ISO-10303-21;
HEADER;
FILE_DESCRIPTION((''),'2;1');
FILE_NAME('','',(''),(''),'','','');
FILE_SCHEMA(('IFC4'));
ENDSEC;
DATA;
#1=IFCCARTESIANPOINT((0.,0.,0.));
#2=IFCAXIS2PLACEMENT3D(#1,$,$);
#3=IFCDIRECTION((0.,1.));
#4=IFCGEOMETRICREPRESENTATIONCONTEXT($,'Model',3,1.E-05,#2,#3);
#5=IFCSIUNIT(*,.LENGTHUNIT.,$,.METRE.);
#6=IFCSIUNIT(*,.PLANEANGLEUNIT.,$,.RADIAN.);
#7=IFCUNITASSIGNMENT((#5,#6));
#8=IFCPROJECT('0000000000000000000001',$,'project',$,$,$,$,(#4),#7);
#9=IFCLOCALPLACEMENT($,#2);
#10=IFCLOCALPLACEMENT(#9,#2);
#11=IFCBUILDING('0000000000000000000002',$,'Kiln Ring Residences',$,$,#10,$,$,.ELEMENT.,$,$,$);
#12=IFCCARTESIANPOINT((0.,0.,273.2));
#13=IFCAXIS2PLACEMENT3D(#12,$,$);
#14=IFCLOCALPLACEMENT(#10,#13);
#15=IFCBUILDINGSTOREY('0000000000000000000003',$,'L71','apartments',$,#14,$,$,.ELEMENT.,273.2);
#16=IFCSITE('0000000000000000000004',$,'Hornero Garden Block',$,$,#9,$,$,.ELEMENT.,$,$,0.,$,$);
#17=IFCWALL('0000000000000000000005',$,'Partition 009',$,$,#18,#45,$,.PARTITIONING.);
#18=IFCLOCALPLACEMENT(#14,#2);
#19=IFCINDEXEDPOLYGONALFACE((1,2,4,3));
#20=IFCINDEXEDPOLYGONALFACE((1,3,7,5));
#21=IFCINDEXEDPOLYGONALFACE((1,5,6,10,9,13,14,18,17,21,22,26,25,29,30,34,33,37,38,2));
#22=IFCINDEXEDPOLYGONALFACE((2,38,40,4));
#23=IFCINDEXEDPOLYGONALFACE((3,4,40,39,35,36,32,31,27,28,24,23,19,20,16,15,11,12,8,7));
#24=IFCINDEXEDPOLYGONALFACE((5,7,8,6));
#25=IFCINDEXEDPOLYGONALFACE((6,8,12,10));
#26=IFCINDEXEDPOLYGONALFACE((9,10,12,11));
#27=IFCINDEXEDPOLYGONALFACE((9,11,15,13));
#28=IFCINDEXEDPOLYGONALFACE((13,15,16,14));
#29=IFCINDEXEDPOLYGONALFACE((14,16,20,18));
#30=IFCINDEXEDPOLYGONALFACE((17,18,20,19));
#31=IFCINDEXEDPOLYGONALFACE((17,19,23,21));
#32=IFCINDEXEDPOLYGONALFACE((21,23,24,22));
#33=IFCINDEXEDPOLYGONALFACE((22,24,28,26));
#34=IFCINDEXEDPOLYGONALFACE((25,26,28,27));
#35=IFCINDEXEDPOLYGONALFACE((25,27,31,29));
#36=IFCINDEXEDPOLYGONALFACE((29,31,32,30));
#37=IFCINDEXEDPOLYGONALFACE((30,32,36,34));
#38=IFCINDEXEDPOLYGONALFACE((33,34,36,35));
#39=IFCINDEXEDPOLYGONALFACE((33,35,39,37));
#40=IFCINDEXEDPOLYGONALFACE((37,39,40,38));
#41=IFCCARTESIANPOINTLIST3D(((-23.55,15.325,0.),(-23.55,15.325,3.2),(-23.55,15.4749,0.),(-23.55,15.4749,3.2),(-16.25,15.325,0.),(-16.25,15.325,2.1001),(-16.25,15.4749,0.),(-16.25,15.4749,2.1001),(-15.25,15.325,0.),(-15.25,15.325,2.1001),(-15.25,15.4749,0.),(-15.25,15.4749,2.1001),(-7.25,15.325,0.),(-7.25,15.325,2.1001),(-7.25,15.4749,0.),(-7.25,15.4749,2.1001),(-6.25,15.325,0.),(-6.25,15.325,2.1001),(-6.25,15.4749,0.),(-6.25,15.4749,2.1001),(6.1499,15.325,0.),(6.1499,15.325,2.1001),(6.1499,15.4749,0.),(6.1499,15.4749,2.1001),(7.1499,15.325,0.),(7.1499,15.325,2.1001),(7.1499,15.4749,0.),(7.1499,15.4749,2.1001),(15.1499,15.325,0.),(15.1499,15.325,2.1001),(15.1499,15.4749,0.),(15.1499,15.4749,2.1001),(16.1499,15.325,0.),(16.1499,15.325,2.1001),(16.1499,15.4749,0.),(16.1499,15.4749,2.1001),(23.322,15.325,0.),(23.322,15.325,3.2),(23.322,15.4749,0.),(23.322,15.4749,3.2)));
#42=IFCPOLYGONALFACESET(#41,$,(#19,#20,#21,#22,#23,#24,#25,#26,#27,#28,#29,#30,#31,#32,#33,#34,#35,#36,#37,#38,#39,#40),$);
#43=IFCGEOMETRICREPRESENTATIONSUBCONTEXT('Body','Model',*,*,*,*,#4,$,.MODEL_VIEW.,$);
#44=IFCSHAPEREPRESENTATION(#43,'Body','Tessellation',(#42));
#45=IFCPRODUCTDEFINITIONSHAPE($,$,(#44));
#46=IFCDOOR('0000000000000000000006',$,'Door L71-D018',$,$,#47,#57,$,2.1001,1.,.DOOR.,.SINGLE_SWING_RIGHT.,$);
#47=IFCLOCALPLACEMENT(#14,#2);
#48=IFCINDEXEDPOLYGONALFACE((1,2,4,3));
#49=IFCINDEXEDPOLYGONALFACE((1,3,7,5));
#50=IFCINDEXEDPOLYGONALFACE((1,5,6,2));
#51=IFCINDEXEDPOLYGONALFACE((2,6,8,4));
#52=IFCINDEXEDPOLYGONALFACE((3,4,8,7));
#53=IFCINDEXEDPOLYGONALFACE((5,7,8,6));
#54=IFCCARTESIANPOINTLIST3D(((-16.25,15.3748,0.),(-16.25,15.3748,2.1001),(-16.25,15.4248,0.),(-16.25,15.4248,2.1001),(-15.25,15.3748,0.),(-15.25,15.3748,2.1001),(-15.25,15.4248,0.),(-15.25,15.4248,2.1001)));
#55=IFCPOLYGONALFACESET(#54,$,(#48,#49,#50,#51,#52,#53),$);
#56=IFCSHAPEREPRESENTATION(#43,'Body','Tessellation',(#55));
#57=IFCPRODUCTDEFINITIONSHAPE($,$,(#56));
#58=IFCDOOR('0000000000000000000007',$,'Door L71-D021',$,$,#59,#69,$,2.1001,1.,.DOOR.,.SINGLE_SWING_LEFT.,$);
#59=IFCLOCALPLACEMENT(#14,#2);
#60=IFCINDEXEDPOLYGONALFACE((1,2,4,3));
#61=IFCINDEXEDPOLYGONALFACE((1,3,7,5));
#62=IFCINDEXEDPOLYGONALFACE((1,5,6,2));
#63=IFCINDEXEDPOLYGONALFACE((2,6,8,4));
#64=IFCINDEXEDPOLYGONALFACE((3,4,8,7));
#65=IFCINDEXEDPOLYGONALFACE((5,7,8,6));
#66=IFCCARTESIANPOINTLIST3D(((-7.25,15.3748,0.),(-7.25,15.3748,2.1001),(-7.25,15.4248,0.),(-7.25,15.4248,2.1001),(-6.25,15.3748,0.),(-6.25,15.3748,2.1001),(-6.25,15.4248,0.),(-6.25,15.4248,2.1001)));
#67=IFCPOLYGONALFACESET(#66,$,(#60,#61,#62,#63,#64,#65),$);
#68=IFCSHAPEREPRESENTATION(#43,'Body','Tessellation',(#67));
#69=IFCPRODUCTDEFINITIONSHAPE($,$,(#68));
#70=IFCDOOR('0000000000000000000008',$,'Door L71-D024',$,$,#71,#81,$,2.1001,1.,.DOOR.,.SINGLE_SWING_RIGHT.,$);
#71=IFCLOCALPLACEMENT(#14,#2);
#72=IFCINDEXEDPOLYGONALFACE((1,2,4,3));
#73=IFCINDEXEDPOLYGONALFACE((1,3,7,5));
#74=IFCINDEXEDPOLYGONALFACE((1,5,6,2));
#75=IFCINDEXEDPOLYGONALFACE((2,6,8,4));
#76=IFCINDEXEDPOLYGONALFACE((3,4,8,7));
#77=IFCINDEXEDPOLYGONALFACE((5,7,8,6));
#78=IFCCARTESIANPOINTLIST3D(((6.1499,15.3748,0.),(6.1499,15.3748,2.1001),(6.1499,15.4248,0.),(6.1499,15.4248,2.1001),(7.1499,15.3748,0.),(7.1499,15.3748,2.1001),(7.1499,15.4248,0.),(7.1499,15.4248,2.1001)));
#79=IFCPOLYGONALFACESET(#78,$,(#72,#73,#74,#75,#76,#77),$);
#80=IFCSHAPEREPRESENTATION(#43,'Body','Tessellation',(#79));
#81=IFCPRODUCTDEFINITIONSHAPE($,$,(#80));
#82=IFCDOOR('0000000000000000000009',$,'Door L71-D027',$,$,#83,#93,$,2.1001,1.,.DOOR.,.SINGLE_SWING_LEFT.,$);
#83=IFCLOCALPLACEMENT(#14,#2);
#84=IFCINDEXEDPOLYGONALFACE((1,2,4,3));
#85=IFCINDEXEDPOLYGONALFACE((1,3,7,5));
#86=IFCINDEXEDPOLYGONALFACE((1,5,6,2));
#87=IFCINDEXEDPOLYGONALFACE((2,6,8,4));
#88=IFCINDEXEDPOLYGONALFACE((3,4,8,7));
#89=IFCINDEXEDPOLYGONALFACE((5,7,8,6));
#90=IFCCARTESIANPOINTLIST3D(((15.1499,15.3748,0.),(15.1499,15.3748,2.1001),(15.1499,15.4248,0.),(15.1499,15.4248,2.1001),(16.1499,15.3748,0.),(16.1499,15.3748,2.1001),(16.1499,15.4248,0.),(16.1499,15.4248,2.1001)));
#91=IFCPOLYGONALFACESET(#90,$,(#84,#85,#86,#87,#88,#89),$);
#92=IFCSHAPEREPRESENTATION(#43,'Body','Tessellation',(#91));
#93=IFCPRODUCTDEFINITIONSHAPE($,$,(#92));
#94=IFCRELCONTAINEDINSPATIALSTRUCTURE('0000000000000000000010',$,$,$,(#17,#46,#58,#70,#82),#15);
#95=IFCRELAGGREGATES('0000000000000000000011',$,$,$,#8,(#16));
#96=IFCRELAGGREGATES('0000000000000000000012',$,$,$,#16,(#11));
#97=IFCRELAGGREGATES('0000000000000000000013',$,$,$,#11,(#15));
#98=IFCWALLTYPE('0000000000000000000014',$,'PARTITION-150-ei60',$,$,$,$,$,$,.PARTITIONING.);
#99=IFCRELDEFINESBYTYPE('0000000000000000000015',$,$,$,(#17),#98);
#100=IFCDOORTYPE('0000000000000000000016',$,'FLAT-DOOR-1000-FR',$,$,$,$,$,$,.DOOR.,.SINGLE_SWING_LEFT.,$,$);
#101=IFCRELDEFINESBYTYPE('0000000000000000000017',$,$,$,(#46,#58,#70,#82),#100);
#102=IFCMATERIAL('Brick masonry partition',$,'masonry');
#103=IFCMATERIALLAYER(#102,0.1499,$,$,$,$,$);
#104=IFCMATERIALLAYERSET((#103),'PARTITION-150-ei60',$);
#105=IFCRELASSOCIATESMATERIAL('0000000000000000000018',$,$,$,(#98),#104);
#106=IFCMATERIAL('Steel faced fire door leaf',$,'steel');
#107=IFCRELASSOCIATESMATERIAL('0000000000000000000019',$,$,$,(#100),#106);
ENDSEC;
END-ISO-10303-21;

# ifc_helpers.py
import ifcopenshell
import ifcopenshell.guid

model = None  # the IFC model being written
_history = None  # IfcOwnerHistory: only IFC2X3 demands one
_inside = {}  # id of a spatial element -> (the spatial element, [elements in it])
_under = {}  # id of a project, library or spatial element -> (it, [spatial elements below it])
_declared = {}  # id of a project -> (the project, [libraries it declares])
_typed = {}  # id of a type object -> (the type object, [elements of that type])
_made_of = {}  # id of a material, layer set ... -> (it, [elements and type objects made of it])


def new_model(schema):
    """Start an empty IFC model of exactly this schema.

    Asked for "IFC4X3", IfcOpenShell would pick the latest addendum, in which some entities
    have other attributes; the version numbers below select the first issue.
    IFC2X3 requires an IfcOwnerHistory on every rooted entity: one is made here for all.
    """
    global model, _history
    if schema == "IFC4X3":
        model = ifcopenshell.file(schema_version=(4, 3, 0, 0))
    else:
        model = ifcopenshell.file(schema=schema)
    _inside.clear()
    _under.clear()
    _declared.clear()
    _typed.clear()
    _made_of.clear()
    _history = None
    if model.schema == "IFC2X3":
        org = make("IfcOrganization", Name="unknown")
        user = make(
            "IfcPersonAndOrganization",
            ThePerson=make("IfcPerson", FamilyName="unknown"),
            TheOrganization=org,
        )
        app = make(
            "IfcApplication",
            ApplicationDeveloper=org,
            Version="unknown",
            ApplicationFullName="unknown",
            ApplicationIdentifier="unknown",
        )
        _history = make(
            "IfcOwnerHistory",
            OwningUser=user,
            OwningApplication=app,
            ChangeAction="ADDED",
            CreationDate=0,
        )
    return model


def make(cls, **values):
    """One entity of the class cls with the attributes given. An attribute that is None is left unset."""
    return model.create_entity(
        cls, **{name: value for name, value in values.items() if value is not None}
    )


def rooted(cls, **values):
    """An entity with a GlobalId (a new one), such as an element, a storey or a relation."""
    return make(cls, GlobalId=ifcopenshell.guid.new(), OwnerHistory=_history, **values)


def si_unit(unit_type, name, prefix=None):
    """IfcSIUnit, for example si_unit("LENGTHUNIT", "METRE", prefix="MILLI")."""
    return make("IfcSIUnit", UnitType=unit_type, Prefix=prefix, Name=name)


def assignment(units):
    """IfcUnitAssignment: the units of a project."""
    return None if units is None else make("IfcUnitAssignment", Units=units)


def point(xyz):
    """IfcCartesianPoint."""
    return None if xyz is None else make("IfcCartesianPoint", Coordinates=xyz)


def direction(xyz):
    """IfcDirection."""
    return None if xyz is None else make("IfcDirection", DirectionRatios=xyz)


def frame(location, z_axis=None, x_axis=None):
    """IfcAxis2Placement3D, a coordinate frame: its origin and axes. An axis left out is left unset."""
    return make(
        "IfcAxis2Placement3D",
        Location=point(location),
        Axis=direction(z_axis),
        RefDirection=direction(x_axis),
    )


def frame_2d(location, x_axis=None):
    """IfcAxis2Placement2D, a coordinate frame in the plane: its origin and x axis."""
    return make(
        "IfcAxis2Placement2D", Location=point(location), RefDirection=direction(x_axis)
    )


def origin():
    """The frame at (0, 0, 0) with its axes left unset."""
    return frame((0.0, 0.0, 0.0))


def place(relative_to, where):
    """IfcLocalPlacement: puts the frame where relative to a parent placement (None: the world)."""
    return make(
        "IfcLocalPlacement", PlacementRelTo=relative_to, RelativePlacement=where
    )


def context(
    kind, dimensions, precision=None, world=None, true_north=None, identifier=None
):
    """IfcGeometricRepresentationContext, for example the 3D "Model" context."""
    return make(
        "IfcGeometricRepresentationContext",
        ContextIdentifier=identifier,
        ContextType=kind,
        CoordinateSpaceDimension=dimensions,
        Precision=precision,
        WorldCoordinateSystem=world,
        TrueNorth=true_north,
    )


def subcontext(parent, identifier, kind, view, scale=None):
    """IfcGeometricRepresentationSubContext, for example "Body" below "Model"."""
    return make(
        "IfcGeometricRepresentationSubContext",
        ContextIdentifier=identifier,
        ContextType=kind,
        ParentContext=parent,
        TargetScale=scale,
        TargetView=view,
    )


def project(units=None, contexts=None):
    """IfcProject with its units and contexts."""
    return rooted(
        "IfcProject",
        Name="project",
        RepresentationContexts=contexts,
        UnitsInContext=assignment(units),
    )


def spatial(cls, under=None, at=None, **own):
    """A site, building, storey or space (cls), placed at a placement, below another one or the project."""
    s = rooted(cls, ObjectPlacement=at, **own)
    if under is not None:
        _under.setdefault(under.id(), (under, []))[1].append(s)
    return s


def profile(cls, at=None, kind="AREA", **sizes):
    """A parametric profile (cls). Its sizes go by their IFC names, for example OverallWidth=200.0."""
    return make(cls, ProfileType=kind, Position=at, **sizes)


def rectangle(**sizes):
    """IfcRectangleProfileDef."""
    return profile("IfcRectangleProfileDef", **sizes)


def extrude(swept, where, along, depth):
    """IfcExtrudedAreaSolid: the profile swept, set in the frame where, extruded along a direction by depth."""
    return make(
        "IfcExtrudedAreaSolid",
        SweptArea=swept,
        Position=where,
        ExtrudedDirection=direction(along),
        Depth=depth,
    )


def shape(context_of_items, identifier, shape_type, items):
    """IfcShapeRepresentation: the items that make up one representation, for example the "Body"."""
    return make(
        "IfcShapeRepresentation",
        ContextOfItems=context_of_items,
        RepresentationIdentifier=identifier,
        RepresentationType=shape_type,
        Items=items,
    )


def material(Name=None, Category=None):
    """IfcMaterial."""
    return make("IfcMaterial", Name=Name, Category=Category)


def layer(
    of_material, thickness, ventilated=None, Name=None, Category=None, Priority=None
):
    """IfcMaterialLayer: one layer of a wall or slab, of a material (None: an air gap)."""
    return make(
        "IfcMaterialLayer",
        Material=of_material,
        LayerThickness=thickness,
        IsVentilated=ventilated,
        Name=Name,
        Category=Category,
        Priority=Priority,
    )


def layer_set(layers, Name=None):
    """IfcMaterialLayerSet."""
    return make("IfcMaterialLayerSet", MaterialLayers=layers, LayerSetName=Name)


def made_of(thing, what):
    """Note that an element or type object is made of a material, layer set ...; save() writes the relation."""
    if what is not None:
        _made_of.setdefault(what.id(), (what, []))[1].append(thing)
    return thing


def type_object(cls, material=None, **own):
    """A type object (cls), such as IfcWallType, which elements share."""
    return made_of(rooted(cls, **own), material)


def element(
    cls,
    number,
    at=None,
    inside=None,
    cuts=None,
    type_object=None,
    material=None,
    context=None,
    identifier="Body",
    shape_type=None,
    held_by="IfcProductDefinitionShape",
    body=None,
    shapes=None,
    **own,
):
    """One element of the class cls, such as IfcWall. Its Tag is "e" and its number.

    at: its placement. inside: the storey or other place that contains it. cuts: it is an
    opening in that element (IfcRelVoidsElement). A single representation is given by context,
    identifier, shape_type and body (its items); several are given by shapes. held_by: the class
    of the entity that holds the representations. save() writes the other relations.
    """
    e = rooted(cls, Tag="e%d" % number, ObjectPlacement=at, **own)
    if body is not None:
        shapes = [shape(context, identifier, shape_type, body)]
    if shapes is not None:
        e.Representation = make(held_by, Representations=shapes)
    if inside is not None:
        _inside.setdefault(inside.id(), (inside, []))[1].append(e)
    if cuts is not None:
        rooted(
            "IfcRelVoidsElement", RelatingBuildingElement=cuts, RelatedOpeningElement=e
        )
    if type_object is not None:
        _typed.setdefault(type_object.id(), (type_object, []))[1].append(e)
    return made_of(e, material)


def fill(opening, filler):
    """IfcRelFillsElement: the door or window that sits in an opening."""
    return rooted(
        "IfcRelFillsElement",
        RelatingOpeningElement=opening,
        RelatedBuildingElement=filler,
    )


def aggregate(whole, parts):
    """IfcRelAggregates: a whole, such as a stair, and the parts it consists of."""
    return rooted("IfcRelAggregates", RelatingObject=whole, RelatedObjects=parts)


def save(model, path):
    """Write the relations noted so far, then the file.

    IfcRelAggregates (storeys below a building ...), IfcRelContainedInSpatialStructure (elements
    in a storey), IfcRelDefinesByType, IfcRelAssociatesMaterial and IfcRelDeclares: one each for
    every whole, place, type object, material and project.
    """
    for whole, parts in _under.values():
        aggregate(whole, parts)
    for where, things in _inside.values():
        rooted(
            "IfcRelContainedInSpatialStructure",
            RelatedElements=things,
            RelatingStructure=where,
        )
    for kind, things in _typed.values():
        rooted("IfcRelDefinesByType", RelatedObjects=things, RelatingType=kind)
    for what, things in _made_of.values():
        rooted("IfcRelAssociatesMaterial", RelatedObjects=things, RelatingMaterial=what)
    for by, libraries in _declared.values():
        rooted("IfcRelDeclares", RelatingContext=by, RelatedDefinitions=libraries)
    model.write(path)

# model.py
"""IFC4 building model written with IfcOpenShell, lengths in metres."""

from ifc_helpers import new_model, si_unit, direction, frame, frame_2d, origin, place, context, subcontext, project, spatial, rectangle, extrude, material, layer, layer_set, type_object, element, fill, save


model = new_model("IFC4")

# Units and contexts
model_context = context("Model", 3, precision=1e-05, world=origin(), true_north=direction((0.0, 1.0)))
body_context = subcontext(model_context, "Body", "Model", "MODEL_VIEW")
ifc_project = project(units=[si_unit("LENGTHUNIT", "METRE"), si_unit("PLANEANGLEUNIT", "RADIAN")], contexts=[model_context])

# Site, building, storey
site_placement = place(None, origin())
site = spatial("IfcSite", under=ifc_project, at=site_placement, Name="Hornero Garden Block", CompositionType="ELEMENT", RefElevation=0.0)
building_placement = place(site_placement, origin())
building = spatial("IfcBuilding", under=site, at=building_placement, Name="Kiln Ring Residences", CompositionType="ELEMENT")
storey_placement = place(building_placement, frame((0.0, 0.0, 273.2)))
storey = spatial("IfcBuildingStorey", under=building, at=storey_placement, Name="L71", Description="apartments", CompositionType="ELEMENT", Elevation=273.2)

# Shared definitions
ifc_material_1 = material(Name="Brick masonry partition", Category="masonry")
ifc_layer_1 = layer(ifc_material_1, 0.1499)
ifc_layer_set_1 = layer_set([ifc_layer_1], Name="PARTITION-150-ei60")
wall_type_1 = type_object("IfcWallType", Name="PARTITION-150-ei60", PredefinedType="PARTITIONING", material=ifc_layer_set_1)
ifc_material_2 = material(Name="Steel faced fire door leaf", Category="steel")
door_type_1 = type_object("IfcDoorType", Name="FLAT-DOOR-1000-FR", OperationType="SINGLE_SWING_LEFT", PredefinedType="DOOR", material=ifc_material_2)

# Wall, openings, doors
wall_1_placement = place(storey_placement, frame((-23.55, 15.3999, 0.0), z_axis=(0.0, 0.0, 1.0), x_axis=(1.0, 0.0, 0.0)))
wall_1 = element("IfcWall", 1, at=wall_1_placement, inside=storey, type_object=wall_type_1, Name="Partition 009", PredefinedType="PARTITIONING", context=body_context, shape_type="SweptSolid", body=[
    extrude(rectangle(XDim=46.8721, YDim=0.1499, at=frame_2d((23.436, 0.0))), origin(), (0.0, 0.0, 1.0), 3.2),
])
opening_1_placement = place(wall_1_placement, frame((7.3, 0.0, 0.0)))
opening_1 = element("IfcOpeningElement", 2, at=opening_1_placement, cuts=wall_1, PredefinedType="OPENING", context=body_context, shape_type="SweptSolid", body=[
    extrude(rectangle(XDim=1.0, YDim=2.1001, at=frame_2d((0.5, 1.05))), frame((0.0, 0.085, 0.0), z_axis=(0.0, -1.0, 0.0), x_axis=(1.0, 0.0, 0.0)), (0.0, 0.0, 1.0), 0.1699),
])
opening_2_placement = place(wall_1_placement, frame((16.3, 0.0, 0.0)))
opening_2 = element("IfcOpeningElement", 3, at=opening_2_placement, cuts=wall_1, PredefinedType="OPENING", context=body_context, shape_type="SweptSolid", body=[
    extrude(rectangle(XDim=1.0, YDim=2.1001, at=frame_2d((0.5, 1.05))), frame((0.0, 0.085, 0.0), z_axis=(0.0, -1.0, 0.0), x_axis=(1.0, 0.0, 0.0)), (0.0, 0.0, 1.0), 0.1699),
])
opening_3_placement = place(wall_1_placement, frame((29.7, 0.0, 0.0)))
opening_3 = element("IfcOpeningElement", 4, at=opening_3_placement, cuts=wall_1, PredefinedType="OPENING", context=body_context, shape_type="SweptSolid", body=[
    extrude(rectangle(XDim=1.0, YDim=2.1001, at=frame_2d((0.5, 1.05))), frame((0.0, 0.085, 0.0), z_axis=(0.0, -1.0, 0.0), x_axis=(1.0, 0.0, 0.0)), (0.0, 0.0, 1.0), 0.1699),
])
opening_4_placement = place(wall_1_placement, frame((38.7, 0.0, 0.0)))
opening_4 = element("IfcOpeningElement", 5, at=opening_4_placement, cuts=wall_1, PredefinedType="OPENING", context=body_context, shape_type="SweptSolid", body=[
    extrude(rectangle(XDim=1.0, YDim=2.1001, at=frame_2d((0.5, 1.05))), frame((0.0, 0.085, 0.0), z_axis=(0.0, -1.0, 0.0), x_axis=(1.0, 0.0, 0.0)), (0.0, 0.0, 1.0), 0.1699),
])
door_1_placement = place(opening_1_placement, origin())
door_1 = element("IfcDoor", 6, at=door_1_placement, inside=storey, type_object=door_type_1, Name="Door L71-D018", OperationType="SINGLE_SWING_RIGHT", OverallHeight=2.1001, OverallWidth=1.0, PredefinedType="DOOR", context=body_context, shape_type="SweptSolid", body=[
    extrude(rectangle(XDim=1.0, YDim=2.1001, at=frame_2d((0.5, 1.05))), frame((0.0, 0.0249, 0.0), z_axis=(0.0, -1.0, 0.0), x_axis=(1.0, 0.0, 0.0)), (0.0, 0.0, 1.0), 0.05),
])
fill(opening_1, door_1)
door_2_placement = place(opening_2_placement, origin())
door_2 = element("IfcDoor", 7, at=door_2_placement, inside=storey, type_object=door_type_1, Name="Door L71-D021", OperationType="SINGLE_SWING_LEFT", OverallHeight=2.1001, OverallWidth=1.0, PredefinedType="DOOR", context=body_context, shape_type="SweptSolid", body=[
    extrude(rectangle(XDim=1.0, YDim=2.1001, at=frame_2d((0.5, 1.05))), frame((0.0, 0.0249, 0.0), z_axis=(0.0, -1.0, 0.0), x_axis=(1.0, 0.0, 0.0)), (0.0, 0.0, 1.0), 0.05),
])
fill(opening_2, door_2)
door_3_placement = place(opening_3_placement, origin())
door_3 = element("IfcDoor", 8, at=door_3_placement, inside=storey, type_object=door_type_1, Name="Door L71-D024", OperationType="SINGLE_SWING_RIGHT", OverallHeight=2.1001, OverallWidth=1.0, PredefinedType="DOOR", context=body_context, shape_type="SweptSolid", body=[
    extrude(rectangle(XDim=1.0, YDim=2.1001, at=frame_2d((0.5, 1.05))), frame((0.0, 0.0249, 0.0), z_axis=(0.0, -1.0, 0.0), x_axis=(1.0, 0.0, 0.0)), (0.0, 0.0, 1.0), 0.05),
])
fill(opening_3, door_3)
door_4_placement = place(opening_4_placement, origin())
door_4 = element("IfcDoor", 9, at=door_4_placement, inside=storey, type_object=door_type_1, Name="Door L71-D027", OperationType="SINGLE_SWING_LEFT", OverallHeight=2.1001, OverallWidth=1.0, PredefinedType="DOOR", context=body_context, shape_type="SweptSolid", body=[
    extrude(rectangle(XDim=1.0, YDim=2.1001, at=frame_2d((0.5, 1.05))), frame((0.0, 0.0249, 0.0), z_axis=(0.0, -1.0, 0.0), x_axis=(1.0, 0.0, 0.0)), (0.0, 0.0, 1.0), 0.05),
])
fill(opening_4, door_4)

save(model, "model.ifc")
